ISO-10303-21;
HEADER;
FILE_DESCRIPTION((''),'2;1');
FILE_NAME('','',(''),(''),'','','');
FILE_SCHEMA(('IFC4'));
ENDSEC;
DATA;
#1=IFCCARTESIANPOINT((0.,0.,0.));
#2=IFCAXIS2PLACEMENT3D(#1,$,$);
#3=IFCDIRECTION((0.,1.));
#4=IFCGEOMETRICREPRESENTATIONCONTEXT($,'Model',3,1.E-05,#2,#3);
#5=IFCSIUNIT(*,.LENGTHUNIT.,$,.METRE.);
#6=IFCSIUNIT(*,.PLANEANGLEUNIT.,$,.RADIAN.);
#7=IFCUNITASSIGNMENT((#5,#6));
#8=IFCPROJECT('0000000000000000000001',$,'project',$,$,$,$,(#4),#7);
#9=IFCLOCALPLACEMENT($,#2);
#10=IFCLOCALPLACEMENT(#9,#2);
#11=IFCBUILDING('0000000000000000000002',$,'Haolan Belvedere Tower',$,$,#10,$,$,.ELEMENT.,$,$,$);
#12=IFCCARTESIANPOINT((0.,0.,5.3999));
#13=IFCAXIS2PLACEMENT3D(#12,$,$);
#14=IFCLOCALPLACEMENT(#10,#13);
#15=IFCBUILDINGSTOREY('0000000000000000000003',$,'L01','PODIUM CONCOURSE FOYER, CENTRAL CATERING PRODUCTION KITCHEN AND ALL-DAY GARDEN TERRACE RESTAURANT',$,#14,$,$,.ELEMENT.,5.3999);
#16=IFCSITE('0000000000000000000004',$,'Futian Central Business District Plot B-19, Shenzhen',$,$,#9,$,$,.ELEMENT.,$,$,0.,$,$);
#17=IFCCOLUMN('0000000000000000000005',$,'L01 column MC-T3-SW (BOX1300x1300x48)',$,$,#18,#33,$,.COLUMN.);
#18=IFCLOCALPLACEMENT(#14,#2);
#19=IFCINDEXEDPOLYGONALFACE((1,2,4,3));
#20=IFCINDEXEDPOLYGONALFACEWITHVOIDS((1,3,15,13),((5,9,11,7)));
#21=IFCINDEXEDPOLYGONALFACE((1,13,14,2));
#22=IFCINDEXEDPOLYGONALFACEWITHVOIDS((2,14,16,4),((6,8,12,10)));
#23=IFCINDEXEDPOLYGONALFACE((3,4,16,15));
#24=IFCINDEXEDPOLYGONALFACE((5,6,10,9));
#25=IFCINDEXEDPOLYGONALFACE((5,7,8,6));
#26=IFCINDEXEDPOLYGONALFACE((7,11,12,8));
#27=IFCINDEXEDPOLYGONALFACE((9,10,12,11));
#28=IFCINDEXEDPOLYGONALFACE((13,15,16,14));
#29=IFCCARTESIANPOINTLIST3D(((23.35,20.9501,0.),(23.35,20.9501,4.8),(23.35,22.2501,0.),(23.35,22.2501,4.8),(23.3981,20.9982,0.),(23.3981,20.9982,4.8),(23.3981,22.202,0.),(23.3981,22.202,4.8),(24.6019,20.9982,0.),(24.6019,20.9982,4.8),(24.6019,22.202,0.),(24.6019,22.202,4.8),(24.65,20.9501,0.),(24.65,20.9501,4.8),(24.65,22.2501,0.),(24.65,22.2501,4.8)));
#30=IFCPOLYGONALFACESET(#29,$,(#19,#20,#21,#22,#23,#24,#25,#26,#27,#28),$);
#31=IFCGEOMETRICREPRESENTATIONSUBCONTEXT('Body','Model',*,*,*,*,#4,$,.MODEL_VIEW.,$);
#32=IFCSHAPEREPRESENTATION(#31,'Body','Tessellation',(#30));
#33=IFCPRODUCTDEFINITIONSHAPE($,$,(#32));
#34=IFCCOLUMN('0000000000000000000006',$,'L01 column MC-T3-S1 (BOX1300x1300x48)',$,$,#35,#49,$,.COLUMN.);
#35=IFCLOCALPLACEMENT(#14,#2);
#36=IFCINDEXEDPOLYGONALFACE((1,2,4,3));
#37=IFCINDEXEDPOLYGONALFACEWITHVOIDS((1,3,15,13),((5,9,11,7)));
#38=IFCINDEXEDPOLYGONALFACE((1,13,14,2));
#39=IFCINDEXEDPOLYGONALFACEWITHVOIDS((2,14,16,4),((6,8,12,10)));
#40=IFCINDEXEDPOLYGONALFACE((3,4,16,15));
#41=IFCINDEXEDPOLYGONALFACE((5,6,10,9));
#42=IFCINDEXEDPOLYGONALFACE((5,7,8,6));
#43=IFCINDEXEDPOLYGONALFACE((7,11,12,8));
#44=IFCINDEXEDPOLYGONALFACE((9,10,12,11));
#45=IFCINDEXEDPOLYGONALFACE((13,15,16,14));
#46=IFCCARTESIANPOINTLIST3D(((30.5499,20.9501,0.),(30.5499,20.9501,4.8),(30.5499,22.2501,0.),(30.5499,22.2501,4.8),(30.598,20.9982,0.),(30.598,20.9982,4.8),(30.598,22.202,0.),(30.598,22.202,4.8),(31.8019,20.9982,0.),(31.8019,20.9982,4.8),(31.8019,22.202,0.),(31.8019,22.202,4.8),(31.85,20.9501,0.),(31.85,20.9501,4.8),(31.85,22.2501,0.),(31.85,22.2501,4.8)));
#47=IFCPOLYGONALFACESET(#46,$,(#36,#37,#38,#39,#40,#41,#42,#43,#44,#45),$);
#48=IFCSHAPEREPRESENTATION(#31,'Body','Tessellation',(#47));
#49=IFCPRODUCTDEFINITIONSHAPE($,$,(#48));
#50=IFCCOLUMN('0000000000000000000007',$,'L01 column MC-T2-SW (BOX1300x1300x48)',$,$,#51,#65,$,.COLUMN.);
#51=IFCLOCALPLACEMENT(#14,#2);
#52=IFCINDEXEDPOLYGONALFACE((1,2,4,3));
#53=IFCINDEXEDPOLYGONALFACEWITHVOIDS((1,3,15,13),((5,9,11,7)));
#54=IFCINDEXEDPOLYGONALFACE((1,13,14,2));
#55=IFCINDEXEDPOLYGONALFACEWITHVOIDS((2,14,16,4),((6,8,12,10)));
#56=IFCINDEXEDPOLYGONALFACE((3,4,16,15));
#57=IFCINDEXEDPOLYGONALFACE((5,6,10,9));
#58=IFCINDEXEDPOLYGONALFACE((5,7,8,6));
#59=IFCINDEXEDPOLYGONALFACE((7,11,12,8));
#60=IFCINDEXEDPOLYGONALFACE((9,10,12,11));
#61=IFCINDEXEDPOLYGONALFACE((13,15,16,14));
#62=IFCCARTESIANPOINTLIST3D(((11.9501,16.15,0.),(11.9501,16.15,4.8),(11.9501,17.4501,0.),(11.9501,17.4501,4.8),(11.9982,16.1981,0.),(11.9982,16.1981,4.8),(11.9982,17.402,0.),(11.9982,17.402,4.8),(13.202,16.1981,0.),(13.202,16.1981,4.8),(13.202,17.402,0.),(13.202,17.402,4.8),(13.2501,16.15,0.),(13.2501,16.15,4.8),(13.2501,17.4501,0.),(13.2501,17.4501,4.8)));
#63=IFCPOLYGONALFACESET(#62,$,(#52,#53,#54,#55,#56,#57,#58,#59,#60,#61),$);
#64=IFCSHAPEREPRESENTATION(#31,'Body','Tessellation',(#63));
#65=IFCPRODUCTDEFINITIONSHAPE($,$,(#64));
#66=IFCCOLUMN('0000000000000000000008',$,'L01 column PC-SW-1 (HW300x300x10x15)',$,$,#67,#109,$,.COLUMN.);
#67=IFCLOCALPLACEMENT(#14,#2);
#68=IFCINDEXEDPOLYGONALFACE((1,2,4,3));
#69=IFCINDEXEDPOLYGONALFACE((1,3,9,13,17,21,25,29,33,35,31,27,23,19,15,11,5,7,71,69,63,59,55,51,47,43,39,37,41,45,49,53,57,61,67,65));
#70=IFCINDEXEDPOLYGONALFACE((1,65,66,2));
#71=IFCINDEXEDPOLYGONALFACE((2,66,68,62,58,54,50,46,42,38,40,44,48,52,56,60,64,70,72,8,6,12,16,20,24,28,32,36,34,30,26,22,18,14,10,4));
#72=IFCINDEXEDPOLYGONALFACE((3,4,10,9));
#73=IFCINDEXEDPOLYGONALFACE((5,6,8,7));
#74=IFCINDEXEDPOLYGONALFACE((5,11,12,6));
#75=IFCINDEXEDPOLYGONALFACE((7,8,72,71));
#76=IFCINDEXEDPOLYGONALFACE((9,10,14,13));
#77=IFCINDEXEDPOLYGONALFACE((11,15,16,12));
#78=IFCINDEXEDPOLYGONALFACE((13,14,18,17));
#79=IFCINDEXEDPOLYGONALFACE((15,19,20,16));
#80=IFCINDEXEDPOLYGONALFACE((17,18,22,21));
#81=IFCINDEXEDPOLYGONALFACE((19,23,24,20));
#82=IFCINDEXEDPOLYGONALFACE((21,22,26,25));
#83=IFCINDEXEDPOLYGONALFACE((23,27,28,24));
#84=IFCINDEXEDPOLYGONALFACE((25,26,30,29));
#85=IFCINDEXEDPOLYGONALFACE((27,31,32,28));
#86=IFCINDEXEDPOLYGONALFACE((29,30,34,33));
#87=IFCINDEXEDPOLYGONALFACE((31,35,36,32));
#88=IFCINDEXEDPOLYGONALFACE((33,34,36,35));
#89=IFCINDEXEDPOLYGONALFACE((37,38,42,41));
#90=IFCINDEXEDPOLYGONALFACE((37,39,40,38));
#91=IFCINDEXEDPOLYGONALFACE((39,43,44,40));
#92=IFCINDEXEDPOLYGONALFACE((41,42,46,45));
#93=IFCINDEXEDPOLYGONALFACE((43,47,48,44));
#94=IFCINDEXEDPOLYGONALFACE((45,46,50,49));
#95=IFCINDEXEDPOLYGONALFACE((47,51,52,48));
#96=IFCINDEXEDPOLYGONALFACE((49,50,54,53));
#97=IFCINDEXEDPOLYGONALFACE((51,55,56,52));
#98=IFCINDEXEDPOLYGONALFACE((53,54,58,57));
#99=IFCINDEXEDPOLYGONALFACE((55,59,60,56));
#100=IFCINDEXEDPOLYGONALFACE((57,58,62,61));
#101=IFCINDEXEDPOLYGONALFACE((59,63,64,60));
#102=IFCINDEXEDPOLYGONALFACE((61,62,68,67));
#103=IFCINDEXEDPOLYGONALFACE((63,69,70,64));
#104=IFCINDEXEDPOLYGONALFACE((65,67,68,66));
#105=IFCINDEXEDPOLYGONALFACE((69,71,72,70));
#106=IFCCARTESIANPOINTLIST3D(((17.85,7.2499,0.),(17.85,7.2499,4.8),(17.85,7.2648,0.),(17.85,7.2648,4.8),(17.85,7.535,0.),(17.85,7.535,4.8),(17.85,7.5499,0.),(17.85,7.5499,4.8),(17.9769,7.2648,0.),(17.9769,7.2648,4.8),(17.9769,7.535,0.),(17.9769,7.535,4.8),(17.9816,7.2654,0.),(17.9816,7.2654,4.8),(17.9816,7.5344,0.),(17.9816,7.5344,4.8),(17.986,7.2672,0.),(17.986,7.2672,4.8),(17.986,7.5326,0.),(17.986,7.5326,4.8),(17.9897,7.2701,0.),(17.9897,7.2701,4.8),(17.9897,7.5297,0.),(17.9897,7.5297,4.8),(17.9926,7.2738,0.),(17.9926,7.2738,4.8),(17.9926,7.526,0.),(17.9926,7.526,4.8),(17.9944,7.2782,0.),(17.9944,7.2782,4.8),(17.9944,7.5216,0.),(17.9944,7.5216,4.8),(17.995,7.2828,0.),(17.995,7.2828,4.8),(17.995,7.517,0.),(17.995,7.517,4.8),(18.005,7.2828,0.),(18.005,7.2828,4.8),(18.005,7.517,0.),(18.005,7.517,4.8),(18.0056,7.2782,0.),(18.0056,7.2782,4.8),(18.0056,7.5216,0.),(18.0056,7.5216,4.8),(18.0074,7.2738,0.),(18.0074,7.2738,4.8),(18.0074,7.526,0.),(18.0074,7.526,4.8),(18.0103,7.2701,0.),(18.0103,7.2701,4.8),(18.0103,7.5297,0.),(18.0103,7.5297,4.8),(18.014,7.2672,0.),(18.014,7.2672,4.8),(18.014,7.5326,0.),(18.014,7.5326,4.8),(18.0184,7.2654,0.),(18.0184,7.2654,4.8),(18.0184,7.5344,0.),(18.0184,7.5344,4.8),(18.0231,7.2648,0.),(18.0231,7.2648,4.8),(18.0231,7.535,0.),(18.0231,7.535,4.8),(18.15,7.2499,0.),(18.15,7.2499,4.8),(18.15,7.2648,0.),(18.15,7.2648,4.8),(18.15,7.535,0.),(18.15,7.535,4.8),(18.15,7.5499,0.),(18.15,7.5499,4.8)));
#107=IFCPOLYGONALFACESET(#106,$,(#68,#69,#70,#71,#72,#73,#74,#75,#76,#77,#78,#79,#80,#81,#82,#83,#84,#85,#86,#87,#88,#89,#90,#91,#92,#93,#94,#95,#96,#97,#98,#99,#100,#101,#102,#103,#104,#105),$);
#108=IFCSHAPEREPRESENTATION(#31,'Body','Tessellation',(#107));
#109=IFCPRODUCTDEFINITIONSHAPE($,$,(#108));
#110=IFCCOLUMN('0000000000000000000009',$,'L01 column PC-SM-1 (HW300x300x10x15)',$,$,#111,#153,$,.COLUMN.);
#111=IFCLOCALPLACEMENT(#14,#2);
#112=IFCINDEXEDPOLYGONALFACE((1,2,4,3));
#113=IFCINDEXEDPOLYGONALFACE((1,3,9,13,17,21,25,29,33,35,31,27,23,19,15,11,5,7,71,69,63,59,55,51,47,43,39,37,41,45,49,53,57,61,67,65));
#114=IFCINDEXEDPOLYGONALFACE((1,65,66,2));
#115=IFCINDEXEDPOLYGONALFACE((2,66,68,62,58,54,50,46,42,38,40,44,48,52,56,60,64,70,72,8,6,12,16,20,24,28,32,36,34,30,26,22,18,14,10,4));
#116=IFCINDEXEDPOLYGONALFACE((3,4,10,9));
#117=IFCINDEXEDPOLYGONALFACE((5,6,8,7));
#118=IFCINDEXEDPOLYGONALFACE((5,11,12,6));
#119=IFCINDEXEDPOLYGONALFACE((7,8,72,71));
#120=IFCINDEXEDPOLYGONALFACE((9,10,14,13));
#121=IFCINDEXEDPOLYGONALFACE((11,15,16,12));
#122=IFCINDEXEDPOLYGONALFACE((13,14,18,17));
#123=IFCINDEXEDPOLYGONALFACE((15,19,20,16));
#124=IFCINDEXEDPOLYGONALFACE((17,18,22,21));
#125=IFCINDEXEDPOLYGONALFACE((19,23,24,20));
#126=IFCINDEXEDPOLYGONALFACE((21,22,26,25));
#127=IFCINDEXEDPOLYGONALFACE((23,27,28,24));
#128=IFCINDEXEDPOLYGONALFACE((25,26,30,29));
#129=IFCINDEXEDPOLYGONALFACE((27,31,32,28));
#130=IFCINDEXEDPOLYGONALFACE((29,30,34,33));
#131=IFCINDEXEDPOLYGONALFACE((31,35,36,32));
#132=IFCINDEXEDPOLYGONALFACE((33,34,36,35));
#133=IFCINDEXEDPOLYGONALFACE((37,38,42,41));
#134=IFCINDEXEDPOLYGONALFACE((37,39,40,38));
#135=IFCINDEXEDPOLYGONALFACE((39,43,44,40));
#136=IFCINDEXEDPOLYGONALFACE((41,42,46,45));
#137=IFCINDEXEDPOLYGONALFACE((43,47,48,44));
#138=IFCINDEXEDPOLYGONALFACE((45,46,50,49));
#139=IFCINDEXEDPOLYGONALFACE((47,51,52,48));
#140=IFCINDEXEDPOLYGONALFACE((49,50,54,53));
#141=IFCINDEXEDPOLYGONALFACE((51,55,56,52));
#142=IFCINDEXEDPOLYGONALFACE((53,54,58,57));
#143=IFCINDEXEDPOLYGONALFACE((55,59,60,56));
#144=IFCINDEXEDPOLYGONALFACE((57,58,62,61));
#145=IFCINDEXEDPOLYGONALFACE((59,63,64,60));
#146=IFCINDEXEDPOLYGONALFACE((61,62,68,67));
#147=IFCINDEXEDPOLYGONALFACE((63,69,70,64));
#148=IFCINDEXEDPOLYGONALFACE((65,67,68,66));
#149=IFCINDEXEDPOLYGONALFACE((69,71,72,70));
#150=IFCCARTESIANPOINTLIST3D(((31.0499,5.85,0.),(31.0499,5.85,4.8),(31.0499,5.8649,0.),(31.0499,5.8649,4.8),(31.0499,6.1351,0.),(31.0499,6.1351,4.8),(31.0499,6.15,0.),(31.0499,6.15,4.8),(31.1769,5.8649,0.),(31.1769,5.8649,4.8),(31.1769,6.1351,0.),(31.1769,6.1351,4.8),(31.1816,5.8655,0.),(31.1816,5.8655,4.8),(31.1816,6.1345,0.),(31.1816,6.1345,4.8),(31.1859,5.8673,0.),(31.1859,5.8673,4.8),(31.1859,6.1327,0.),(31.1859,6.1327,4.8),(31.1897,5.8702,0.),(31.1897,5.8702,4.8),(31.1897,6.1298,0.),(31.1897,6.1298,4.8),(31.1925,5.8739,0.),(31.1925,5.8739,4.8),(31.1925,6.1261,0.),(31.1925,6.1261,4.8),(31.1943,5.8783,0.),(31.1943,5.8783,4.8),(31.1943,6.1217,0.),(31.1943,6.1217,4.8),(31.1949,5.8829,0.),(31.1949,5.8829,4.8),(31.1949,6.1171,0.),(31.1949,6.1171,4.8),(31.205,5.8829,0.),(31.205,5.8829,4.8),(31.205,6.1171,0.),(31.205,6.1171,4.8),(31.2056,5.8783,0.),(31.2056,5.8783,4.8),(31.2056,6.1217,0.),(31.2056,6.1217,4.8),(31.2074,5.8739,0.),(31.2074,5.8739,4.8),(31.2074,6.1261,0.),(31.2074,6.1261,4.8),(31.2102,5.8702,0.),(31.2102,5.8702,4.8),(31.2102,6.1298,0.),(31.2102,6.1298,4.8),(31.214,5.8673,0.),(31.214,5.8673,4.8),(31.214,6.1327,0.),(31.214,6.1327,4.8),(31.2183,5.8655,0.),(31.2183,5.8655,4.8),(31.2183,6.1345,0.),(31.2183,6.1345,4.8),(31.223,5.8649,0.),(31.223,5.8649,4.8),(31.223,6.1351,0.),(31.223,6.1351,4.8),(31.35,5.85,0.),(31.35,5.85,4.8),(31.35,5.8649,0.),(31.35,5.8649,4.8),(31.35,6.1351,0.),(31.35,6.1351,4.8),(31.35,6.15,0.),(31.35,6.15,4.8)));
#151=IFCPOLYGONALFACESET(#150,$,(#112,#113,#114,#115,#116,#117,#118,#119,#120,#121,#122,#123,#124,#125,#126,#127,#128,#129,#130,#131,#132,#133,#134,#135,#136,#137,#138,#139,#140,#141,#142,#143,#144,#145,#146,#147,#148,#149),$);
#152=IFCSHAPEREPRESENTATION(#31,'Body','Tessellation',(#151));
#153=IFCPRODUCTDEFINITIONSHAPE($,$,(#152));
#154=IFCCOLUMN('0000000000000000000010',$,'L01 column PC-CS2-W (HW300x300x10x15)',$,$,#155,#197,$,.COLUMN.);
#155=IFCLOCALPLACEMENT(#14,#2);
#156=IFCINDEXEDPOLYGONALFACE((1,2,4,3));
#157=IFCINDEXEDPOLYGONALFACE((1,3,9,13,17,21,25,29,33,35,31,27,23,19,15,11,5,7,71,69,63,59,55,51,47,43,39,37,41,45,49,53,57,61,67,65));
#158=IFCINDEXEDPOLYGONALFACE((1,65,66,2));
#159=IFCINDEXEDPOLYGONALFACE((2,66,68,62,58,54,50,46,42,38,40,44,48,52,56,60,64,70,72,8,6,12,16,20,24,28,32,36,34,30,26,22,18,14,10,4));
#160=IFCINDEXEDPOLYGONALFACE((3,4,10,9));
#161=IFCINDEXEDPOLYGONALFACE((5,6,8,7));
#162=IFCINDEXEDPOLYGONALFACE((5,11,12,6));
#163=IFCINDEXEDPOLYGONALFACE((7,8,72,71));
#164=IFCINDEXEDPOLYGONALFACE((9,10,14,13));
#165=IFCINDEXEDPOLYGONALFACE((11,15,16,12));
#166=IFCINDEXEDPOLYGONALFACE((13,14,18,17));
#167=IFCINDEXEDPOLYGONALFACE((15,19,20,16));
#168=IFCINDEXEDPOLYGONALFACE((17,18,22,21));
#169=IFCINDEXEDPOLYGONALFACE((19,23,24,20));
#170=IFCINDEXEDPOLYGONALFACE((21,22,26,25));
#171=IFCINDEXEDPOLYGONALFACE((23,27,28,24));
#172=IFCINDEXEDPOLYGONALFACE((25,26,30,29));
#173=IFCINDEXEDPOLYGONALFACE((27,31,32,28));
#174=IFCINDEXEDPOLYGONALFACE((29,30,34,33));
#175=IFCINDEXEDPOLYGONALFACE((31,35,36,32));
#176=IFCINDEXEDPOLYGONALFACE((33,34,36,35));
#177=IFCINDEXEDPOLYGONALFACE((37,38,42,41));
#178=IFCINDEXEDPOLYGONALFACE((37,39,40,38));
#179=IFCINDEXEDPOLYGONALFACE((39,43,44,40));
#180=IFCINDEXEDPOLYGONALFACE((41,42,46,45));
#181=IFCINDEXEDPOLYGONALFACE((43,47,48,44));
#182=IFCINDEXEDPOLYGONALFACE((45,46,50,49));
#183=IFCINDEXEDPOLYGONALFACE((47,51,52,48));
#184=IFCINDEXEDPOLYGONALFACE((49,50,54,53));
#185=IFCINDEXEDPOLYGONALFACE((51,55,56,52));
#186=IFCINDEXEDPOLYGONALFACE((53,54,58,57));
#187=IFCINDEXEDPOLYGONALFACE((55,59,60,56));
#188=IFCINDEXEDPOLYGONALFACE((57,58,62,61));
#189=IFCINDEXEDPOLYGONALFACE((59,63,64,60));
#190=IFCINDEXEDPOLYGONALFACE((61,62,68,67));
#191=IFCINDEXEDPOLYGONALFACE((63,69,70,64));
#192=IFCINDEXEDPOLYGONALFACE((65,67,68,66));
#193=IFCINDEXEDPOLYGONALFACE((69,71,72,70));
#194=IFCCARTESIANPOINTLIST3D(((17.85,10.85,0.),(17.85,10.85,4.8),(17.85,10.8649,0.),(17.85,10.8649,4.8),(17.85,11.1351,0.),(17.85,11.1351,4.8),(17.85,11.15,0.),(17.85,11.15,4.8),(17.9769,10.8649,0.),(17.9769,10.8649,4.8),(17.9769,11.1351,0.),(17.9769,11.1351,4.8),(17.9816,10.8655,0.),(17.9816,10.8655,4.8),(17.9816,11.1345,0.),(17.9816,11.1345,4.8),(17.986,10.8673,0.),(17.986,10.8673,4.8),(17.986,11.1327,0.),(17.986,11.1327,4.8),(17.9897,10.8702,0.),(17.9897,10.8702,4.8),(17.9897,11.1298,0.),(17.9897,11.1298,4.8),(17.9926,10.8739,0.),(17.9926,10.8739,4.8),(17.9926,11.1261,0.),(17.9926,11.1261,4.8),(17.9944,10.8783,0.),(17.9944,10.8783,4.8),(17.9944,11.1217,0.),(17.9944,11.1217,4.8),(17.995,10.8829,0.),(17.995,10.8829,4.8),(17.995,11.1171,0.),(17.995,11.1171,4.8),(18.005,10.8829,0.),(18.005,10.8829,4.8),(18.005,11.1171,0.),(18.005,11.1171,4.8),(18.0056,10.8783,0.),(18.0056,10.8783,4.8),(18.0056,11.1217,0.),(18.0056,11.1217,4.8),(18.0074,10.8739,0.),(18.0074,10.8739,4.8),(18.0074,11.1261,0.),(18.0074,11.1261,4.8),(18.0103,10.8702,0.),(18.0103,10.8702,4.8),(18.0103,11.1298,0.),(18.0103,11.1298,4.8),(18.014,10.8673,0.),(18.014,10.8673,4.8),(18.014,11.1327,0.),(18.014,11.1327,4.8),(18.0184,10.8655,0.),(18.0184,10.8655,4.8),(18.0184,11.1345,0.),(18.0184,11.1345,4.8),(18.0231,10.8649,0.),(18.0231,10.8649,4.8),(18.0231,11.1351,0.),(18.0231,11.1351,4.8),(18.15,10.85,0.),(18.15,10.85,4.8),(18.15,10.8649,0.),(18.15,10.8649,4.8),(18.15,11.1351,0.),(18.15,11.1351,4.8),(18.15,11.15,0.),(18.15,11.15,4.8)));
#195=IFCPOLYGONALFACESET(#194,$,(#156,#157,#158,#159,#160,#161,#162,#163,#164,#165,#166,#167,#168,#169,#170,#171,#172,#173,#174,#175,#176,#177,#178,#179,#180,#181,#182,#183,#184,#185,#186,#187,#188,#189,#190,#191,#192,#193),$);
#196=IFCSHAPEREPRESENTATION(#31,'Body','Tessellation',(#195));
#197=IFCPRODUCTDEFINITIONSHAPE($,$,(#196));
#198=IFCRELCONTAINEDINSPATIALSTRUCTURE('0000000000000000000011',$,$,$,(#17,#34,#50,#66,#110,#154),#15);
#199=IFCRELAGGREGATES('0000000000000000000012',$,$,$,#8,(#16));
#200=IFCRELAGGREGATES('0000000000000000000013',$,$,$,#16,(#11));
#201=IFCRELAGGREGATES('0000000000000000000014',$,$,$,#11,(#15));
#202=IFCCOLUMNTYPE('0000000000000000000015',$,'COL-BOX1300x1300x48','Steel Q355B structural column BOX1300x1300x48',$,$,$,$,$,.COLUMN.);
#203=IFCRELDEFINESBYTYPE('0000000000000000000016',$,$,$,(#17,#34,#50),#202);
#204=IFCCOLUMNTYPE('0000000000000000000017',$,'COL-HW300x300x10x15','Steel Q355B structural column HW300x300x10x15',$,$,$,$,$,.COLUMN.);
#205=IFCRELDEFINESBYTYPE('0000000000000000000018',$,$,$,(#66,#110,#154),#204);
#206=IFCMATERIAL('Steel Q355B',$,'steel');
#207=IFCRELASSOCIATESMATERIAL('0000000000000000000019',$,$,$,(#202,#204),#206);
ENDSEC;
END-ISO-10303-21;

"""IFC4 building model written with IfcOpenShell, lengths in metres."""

from ifc_helpers import new_model, si_unit, direction, frame, origin, origin_2d, place, context, subcontext, project, spatial, hollow_rectangle, i_section, extrude, material, material_profile, profile_set, type_object, element, save


model = new_model("IFC4")

# Units and contexts
model_context = context("Model", 3, precision=1e-05, world=origin(), true_north=direction((0.0, 1.0)))
body_context = subcontext(model_context, "Body", "Model", "MODEL_VIEW")
ifc_project = project(units=[si_unit("LENGTHUNIT", "METRE"), si_unit("PLANEANGLEUNIT", "RADIAN")], contexts=[model_context])

# Site, building, storey
site_placement = place(None, origin())
site = spatial("IfcSite", under=ifc_project, at=site_placement, Name="Futian Central Business District Plot B-19, Shenzhen", CompositionType="ELEMENT", RefElevation=0.0)
building_placement = place(site_placement, origin())
building = spatial("IfcBuilding", under=site, at=building_placement, Name="Haolan Belvedere Tower", CompositionType="ELEMENT")
storey_placement = place(building_placement, frame((0.0, 0.0, 5.3999)))
storey = spatial("IfcBuildingStorey", under=building, at=storey_placement, Name="L01", Description="PODIUM CONCOURSE FOYER, CENTRAL CATERING PRODUCTION KITCHEN AND ALL-DAY GARDEN TERRACE RESTAURANT", CompositionType="ELEMENT", Elevation=5.3999)

# Columns
ifc_material_1 = material(Name="Steel Q355B", Category="steel")
ifc_material_profile_1 = material_profile(ifc_material_1, hollow_rectangle(XDim=1.3, YDim=1.3, WallThickness=0.0481, at=origin_2d()), Name="Steel Q355B")
ifc_profile_set_1 = profile_set([ifc_material_profile_1], Name="Steel Q355B")
column_type_1 = type_object("IfcColumnType", Name="COL-BOX1300x1300x48", Description="Steel Q355B structural column BOX1300x1300x48", PredefinedType="COLUMN", material=ifc_profile_set_1)
for number, where, z_axis, x_axis, name in (
    (1, (24.0, 21.6001, 0.0), (0.0, 0.0, 1.0), (1.0, 0.0, 0.0), "L01 column MC-T3-SW (BOX1300x1300x48)"),
    (2, (31.2, 21.6001, 0.0), (0.0, 0.0, 1.0), (1.0, 0.0, 0.0), "L01 column MC-T3-S1 (BOX1300x1300x48)"),
    (3, (12.6001, 16.8, 0.0), (0.0, 0.0, 1.0), (1.0, 0.0, 0.0), "L01 column MC-T2-SW (BOX1300x1300x48)"),
):
    element("IfcColumn", number, at=place(storey_placement, frame(where, z_axis=z_axis, x_axis=x_axis)), inside=storey, type_object=column_type_1, Name=name, PredefinedType="COLUMN", context=body_context, shape_type="SweptSolid", body=[
        extrude(hollow_rectangle(XDim=1.3, YDim=1.3, WallThickness=0.0481, at=origin_2d()), origin(), (0.0, 0.0, 1.0), 4.8),
    ])
ifc_material_profile_2 = material_profile(ifc_material_1, i_section(OverallWidth=0.3, OverallDepth=0.3, WebThickness=0.01, FlangeThickness=0.0149, FilletRadius=0.0181, at=origin_2d()), Name="Steel Q355B")
ifc_profile_set_2 = profile_set([ifc_material_profile_2], Name="Steel Q355B")
column_type_2 = type_object("IfcColumnType", Name="COL-HW300x300x10x15", Description="Steel Q355B structural column HW300x300x10x15", PredefinedType="COLUMN", material=ifc_profile_set_2)
for number, where, z_axis, x_axis, name in (
    (4, (18.0, 7.3999, 0.0), (0.0, 0.0, 1.0), (1.0, 0.0, 0.0), "L01 column PC-SW-1 (HW300x300x10x15)"),
    (5, (31.2, 6.0, 0.0), (0.0, 0.0, 1.0), (1.0, 0.0, 0.0), "L01 column PC-SM-1 (HW300x300x10x15)"),
    (6, (18.0, 11.0, 0.0), (0.0, 0.0, 1.0), (1.0, 0.0, 0.0), "L01 column PC-CS2-W (HW300x300x10x15)"),
):
    element("IfcColumn", number, at=place(storey_placement, frame(where, z_axis=z_axis, x_axis=x_axis)), inside=storey, type_object=column_type_2, Name=name, PredefinedType="COLUMN", context=body_context, shape_type="SweptSolid", body=[
        extrude(i_section(OverallWidth=0.3, OverallDepth=0.3, WebThickness=0.01, FlangeThickness=0.0149, FilletRadius=0.0181, at=origin_2d()), origin(), (0.0, 0.0, 1.0), 4.8),
    ])

save(model, "model.ifc")
